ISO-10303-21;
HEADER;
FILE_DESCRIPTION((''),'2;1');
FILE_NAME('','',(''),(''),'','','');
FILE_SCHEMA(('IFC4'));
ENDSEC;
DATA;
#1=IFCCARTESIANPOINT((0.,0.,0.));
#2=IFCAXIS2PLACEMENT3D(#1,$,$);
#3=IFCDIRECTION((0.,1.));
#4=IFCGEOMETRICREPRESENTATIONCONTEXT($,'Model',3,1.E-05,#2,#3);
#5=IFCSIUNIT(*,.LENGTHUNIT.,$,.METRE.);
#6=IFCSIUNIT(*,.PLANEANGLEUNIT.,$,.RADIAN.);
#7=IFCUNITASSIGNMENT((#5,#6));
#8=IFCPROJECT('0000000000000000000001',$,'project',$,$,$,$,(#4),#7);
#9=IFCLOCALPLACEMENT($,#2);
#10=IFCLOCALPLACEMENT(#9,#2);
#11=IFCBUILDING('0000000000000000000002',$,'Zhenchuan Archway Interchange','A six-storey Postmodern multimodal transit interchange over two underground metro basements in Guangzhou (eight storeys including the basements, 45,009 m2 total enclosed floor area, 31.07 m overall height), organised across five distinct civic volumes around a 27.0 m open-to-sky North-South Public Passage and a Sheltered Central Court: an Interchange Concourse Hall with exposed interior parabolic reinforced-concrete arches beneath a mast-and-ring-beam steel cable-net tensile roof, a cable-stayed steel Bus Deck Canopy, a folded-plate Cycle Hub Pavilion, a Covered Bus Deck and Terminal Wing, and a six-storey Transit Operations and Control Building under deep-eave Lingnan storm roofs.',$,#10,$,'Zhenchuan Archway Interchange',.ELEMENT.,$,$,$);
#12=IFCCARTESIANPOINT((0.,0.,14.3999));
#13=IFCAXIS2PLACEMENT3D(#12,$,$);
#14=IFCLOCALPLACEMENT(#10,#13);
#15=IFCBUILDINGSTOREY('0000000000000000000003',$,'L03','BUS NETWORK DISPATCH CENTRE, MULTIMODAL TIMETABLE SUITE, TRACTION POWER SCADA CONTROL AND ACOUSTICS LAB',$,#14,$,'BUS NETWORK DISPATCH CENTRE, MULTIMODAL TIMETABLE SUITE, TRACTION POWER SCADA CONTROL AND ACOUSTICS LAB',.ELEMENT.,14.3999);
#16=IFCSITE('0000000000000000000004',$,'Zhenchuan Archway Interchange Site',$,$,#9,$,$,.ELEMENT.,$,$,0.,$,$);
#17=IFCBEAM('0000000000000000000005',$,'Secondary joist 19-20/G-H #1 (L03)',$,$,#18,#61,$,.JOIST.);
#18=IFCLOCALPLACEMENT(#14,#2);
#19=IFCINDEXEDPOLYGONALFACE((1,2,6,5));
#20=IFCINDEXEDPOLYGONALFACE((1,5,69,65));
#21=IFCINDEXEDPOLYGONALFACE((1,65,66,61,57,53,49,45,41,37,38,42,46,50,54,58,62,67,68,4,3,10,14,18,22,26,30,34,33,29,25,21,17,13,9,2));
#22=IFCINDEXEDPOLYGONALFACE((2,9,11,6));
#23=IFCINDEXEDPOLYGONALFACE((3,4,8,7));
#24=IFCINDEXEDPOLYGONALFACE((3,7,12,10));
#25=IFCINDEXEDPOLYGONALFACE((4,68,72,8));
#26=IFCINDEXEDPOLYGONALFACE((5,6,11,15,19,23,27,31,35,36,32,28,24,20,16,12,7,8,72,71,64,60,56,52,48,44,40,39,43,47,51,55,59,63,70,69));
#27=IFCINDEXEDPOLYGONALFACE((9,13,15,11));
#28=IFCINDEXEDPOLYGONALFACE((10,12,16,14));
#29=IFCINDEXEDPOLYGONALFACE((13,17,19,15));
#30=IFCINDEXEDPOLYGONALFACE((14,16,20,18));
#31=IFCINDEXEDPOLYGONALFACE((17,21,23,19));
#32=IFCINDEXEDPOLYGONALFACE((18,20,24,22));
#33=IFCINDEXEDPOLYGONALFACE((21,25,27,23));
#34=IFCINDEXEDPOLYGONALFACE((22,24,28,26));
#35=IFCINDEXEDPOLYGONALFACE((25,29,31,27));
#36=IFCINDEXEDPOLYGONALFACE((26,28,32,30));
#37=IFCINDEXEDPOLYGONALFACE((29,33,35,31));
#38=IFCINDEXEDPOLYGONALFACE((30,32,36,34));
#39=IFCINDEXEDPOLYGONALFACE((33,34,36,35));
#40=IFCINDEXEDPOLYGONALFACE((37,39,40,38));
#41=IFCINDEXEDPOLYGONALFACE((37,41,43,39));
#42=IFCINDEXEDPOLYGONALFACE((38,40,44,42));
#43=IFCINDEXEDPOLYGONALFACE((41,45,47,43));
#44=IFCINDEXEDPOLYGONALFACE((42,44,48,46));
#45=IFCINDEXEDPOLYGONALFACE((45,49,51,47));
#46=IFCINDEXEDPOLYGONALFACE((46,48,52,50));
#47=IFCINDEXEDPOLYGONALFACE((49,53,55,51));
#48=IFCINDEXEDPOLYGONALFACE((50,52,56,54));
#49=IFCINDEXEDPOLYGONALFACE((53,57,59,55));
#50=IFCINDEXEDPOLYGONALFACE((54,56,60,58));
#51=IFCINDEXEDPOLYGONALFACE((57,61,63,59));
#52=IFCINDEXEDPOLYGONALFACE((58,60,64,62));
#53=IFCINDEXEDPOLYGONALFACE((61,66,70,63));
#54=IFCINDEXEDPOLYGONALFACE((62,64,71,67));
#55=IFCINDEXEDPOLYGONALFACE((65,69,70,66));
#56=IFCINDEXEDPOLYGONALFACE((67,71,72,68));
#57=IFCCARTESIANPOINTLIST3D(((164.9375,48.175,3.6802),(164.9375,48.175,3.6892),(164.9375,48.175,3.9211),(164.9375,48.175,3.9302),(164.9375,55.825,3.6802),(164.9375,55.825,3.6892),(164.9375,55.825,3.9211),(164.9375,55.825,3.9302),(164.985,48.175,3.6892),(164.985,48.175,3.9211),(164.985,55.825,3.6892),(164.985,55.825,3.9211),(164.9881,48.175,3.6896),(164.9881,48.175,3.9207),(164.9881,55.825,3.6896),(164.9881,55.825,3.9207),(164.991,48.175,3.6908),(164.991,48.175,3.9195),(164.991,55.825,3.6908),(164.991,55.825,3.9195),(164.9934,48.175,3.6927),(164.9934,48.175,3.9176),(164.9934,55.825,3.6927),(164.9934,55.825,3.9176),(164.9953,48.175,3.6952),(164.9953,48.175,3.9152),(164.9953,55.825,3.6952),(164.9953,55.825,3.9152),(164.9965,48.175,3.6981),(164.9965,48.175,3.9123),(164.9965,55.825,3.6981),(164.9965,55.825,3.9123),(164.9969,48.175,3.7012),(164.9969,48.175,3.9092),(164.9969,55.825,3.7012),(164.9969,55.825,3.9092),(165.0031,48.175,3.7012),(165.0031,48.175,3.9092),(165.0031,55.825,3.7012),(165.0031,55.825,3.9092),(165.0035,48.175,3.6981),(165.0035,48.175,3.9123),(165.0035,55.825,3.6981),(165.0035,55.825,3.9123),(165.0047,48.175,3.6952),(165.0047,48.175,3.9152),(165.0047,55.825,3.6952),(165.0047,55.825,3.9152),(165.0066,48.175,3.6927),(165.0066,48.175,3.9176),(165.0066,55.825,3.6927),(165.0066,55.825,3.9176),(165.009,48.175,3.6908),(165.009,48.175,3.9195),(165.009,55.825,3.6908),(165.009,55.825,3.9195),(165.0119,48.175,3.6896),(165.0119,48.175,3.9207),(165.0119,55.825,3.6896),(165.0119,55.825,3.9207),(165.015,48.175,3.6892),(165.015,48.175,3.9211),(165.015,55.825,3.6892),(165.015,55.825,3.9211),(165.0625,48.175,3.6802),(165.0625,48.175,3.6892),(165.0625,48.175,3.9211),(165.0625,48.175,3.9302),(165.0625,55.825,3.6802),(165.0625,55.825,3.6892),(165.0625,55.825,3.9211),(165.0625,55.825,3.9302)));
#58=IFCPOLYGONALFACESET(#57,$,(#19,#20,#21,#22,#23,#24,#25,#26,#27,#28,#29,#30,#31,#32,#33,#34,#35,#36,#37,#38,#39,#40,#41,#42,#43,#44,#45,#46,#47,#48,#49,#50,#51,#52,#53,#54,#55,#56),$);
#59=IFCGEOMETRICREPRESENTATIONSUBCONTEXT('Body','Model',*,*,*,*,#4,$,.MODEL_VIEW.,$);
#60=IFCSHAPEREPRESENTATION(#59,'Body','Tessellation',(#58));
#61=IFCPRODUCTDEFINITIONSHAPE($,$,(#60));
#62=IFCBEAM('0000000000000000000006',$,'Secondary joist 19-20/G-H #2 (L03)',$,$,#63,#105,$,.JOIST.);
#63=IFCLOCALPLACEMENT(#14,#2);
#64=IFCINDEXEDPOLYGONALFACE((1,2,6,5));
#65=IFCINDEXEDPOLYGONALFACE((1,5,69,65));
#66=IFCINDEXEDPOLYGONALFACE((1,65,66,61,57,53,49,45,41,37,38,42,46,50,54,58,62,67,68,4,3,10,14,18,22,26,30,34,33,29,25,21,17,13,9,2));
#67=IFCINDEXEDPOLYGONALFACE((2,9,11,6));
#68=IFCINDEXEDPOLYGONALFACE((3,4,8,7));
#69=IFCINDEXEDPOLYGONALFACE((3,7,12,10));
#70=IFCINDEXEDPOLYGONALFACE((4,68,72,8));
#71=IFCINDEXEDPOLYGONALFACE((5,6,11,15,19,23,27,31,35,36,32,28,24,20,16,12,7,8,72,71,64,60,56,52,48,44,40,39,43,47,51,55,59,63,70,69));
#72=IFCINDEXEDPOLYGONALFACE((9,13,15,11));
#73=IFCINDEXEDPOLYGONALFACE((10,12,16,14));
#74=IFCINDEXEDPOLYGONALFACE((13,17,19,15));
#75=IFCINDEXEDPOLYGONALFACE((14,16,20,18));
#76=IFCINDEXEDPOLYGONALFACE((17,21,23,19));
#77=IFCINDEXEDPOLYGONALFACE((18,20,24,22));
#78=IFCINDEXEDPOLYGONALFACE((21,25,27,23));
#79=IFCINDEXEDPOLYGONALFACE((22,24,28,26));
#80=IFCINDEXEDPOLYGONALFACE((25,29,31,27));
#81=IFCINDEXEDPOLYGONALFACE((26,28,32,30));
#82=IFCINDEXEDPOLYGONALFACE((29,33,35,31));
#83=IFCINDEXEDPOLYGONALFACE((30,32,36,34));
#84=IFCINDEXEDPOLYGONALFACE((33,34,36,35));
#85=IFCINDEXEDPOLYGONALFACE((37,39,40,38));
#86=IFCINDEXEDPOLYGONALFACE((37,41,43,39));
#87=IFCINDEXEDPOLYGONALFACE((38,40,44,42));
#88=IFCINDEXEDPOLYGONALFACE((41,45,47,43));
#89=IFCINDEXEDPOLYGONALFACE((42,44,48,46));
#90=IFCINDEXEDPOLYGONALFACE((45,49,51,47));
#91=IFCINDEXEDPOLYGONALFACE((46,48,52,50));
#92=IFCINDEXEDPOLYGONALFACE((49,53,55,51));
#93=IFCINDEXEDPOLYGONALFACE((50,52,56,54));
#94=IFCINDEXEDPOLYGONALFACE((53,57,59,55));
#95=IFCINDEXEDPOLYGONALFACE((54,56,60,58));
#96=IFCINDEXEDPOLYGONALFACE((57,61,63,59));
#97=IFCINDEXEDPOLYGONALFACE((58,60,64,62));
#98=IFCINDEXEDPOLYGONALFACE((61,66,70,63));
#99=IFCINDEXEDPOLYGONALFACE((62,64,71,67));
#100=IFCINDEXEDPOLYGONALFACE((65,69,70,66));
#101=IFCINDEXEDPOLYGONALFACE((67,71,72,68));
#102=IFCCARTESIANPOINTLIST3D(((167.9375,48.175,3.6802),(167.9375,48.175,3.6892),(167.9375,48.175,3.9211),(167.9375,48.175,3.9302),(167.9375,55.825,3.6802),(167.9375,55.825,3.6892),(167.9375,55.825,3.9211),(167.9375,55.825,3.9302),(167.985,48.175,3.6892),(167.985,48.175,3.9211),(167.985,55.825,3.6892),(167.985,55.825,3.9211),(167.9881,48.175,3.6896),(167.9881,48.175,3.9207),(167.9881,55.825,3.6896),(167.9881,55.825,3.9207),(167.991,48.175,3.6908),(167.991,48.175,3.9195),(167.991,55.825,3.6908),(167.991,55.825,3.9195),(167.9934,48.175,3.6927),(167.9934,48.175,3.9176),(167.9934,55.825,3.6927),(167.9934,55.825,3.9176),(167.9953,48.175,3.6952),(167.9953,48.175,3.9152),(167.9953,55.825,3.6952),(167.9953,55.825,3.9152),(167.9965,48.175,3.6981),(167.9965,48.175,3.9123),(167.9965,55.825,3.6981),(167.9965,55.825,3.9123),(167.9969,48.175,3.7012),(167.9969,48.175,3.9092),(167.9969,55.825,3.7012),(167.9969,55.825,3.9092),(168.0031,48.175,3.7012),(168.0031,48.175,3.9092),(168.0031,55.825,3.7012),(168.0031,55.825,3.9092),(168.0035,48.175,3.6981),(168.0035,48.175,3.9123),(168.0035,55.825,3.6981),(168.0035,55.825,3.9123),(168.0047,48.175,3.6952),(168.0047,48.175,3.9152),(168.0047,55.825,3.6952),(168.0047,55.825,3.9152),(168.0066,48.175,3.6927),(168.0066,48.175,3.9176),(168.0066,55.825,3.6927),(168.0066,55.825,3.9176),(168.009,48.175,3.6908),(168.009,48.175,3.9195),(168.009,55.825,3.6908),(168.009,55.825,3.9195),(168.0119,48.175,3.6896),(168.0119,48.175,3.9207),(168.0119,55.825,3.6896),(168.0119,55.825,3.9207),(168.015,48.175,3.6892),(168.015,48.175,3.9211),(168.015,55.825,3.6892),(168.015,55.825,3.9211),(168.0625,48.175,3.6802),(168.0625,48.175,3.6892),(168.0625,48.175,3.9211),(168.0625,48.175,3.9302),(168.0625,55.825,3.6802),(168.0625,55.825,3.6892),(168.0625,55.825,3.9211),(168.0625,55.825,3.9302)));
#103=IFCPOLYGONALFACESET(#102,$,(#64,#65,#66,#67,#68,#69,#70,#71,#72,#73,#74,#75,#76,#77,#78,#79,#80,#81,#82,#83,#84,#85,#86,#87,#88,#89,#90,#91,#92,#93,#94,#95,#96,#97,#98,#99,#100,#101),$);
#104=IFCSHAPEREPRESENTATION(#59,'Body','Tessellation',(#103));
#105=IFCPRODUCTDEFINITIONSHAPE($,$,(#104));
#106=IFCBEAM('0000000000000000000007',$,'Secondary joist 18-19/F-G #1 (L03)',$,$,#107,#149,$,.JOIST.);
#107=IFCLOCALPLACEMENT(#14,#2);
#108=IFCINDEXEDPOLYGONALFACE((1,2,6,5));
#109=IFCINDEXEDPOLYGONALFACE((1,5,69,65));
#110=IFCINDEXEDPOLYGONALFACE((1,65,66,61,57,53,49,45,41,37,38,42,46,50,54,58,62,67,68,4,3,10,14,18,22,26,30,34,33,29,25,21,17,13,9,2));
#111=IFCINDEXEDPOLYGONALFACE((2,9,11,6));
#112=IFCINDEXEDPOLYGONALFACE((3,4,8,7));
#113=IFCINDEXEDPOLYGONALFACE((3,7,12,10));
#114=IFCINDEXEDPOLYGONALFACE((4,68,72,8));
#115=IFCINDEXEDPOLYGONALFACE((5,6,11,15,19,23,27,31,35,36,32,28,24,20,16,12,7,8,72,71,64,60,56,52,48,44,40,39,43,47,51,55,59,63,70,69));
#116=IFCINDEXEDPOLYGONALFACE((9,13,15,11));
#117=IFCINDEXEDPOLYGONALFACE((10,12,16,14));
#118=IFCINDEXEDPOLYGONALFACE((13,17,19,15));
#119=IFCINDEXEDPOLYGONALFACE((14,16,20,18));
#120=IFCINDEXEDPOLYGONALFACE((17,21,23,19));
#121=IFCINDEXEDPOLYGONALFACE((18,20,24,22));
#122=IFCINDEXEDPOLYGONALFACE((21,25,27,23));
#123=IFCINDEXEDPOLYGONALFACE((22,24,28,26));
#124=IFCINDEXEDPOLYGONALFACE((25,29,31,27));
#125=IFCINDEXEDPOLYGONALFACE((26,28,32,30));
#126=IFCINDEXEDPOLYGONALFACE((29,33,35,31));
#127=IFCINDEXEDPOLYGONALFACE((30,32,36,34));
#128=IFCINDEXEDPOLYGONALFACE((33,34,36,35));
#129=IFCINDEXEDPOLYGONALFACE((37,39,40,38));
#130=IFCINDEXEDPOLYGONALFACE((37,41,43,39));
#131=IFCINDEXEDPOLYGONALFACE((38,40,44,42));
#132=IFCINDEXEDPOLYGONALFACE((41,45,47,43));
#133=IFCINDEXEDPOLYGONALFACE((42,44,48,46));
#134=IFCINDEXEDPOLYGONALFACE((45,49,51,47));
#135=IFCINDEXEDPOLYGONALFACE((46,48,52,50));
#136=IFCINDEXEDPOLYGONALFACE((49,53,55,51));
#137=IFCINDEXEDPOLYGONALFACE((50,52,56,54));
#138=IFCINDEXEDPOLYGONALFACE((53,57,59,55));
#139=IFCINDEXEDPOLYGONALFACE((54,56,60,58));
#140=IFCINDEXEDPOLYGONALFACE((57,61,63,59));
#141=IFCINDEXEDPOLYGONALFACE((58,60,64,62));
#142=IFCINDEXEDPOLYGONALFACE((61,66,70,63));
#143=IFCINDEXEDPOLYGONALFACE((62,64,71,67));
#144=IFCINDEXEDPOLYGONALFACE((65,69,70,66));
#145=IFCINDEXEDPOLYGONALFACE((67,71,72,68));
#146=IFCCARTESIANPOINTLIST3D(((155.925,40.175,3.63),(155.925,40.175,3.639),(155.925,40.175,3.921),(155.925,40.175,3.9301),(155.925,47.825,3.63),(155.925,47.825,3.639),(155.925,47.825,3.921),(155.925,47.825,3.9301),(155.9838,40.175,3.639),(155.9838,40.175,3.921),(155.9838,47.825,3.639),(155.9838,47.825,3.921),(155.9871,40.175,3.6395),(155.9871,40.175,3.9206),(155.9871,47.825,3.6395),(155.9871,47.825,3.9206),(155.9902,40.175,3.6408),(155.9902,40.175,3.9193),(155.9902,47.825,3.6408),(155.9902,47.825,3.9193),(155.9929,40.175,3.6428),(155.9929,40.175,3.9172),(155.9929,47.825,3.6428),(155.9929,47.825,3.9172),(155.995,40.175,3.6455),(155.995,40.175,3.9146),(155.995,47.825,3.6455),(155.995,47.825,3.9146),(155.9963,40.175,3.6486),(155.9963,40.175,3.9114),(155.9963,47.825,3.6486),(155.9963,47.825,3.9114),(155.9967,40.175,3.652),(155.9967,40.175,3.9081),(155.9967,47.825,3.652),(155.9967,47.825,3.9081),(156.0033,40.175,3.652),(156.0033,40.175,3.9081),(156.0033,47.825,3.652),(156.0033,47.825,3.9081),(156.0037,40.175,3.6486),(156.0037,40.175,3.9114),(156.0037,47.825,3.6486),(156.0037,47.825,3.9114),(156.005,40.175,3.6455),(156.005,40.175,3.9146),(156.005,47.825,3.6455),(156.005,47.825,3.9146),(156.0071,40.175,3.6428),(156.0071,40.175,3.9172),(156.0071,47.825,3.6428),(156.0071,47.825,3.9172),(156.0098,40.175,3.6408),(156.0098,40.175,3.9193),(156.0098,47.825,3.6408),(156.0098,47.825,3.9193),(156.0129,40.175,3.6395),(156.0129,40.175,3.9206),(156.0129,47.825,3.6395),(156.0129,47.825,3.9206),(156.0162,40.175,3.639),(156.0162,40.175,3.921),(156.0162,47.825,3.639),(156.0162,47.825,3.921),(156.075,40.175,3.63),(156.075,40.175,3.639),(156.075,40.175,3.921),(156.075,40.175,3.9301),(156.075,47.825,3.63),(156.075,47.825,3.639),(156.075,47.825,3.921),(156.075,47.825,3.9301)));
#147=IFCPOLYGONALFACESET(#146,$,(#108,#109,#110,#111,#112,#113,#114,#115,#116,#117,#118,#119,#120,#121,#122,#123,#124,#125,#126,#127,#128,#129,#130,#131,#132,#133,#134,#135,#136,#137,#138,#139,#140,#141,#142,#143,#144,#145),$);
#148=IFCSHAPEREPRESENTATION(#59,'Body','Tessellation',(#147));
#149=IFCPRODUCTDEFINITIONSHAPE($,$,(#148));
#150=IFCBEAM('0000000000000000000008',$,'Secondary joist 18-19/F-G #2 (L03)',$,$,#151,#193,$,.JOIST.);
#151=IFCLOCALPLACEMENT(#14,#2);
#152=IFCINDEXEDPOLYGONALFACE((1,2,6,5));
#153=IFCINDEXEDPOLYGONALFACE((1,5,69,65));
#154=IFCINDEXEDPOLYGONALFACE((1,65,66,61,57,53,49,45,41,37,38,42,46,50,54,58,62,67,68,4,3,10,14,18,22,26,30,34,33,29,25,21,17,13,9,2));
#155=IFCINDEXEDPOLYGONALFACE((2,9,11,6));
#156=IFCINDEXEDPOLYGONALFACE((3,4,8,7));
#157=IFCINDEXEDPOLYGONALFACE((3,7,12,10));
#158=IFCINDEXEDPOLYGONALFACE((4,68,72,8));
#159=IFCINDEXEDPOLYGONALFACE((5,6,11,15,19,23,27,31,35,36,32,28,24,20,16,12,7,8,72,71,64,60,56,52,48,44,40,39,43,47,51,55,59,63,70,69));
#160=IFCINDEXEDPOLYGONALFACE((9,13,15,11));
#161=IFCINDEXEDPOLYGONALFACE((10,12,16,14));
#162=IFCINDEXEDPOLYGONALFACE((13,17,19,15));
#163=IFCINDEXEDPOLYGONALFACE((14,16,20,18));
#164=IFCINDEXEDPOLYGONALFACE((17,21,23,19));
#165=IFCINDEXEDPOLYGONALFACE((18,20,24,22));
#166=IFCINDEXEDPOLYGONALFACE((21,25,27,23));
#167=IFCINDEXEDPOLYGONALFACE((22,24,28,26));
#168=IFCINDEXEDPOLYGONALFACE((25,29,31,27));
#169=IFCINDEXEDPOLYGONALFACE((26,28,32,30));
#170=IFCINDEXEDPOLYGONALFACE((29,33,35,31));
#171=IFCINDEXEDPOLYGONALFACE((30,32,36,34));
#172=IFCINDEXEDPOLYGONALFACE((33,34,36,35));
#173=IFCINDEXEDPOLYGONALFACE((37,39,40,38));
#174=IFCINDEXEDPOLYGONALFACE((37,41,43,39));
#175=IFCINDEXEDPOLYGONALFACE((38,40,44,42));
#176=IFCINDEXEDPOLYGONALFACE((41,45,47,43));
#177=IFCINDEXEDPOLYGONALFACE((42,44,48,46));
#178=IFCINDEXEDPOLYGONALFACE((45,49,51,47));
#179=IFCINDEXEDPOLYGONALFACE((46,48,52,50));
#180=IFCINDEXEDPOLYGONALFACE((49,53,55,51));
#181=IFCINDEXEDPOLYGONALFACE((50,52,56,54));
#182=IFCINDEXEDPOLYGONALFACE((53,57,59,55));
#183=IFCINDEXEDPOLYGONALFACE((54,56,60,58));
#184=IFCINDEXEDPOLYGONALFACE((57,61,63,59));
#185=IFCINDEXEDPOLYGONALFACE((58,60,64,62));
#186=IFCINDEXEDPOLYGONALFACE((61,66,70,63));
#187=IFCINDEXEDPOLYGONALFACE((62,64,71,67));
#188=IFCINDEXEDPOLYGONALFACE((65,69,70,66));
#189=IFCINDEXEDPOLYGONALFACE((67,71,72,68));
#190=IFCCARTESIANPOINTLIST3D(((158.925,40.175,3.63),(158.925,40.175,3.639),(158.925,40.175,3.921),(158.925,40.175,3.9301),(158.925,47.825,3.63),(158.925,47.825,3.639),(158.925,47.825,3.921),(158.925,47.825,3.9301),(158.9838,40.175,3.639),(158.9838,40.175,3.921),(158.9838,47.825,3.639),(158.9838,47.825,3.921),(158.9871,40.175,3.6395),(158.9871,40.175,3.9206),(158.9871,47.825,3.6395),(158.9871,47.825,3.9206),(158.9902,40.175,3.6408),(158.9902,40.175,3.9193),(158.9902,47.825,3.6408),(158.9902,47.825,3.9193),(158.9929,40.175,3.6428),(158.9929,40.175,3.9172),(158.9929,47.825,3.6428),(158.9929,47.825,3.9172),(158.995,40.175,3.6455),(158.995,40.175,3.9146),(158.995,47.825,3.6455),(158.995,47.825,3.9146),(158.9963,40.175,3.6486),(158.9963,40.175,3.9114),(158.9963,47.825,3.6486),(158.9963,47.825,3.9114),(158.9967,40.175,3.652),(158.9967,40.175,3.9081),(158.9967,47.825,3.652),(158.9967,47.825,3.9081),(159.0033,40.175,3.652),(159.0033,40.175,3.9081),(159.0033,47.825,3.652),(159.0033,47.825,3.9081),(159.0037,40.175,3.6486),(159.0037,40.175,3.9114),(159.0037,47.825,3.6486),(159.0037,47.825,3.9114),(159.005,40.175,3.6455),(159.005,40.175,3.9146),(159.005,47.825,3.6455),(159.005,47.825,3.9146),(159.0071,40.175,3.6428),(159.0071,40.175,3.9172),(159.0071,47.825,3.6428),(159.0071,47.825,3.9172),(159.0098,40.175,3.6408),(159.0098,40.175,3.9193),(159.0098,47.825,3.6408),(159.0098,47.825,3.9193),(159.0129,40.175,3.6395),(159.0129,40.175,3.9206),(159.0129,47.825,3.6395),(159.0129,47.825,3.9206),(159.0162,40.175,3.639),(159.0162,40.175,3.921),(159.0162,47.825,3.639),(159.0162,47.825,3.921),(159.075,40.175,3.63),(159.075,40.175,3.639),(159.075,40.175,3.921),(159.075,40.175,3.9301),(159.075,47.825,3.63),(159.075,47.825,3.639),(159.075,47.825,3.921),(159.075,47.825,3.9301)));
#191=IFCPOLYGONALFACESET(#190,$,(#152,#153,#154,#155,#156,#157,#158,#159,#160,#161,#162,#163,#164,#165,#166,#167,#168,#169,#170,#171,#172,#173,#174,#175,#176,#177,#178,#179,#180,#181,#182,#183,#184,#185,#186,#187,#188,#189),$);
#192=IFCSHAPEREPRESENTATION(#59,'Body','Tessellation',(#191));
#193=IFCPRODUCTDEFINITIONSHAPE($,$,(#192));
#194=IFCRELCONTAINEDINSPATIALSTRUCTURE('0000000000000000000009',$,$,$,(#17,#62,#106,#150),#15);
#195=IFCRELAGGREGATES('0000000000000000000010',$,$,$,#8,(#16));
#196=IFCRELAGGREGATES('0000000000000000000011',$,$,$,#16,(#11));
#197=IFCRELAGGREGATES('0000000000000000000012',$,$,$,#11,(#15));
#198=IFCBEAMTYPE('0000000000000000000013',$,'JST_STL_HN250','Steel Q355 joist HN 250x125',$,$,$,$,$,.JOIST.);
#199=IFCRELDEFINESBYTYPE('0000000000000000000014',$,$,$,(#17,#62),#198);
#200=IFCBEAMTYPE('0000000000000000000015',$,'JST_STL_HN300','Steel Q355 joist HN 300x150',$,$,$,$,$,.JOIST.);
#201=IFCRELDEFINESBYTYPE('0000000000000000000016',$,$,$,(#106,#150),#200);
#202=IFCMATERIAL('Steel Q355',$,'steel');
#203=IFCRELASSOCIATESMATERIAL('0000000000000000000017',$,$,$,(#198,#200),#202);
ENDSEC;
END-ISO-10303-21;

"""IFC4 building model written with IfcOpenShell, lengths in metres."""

from ifc_helpers import new_model, si_unit, direction, frame, origin, origin_2d, place, context, subcontext, project, spatial, i_section, extrude, material, material_profile, profile_set, type_object, element, save


model = new_model("IFC4")

# Units and contexts
model_context = context("Model", 3, precision=1e-05, world=origin(), true_north=direction((0.0, 1.0)))
body_context = subcontext(model_context, "Body", "Model", "MODEL_VIEW")
ifc_project = project(units=[si_unit("LENGTHUNIT", "METRE"), si_unit("PLANEANGLEUNIT", "RADIAN")], contexts=[model_context])

# Site, building, storey
site_placement = place(None, origin())
site = spatial("IfcSite", under=ifc_project, at=site_placement, Name="Zhenchuan Archway Interchange Site", CompositionType="ELEMENT", RefElevation=0.0)
building_placement = place(site_placement, origin())
building = spatial("IfcBuilding", under=site, at=building_placement, Name="Zhenchuan Archway Interchange", Description="A six-storey Postmodern multimodal transit interchange over two underground metro basements in Guangzhou (eight storeys including the basements, 45,009 m2 total enclosed floor area, 31.07 m overall height), organised across five distinct civic volumes around a 27.0 m open-to-sky North-South Public Passage and a Sheltered Central Court: an Interchange Concourse Hall with exposed interior parabolic reinforced-concrete arches beneath a mast-and-ring-beam steel cable-net tensile roof, a cable-stayed steel Bus Deck Canopy, a folded-plate Cycle Hub Pavilion, a Covered Bus Deck and Terminal Wing, and a six-storey Transit Operations and Control Building under deep-eave Lingnan storm roofs.", LongName="Zhenchuan Archway Interchange", CompositionType="ELEMENT")
storey_placement = place(building_placement, frame((0.0, 0.0, 14.3999)))
storey = spatial("IfcBuildingStorey", under=building, at=storey_placement, Name="L03", Description="BUS NETWORK DISPATCH CENTRE, MULTIMODAL TIMETABLE SUITE, TRACTION POWER SCADA CONTROL AND ACOUSTICS LAB", LongName="BUS NETWORK DISPATCH CENTRE, MULTIMODAL TIMETABLE SUITE, TRACTION POWER SCADA CONTROL AND ACOUSTICS LAB", CompositionType="ELEMENT", Elevation=14.3999)

# Beams
ifc_material_1 = material(Name="Steel Q355", Category="steel")
ifc_material_profile_1 = material_profile(ifc_material_1, i_section(OverallWidth=0.125, OverallDepth=0.25, WebThickness=0.0061, FlangeThickness=0.009, FilletRadius=0.012, at=origin_2d()), Name="HN 250x125")
ifc_profile_set_1 = profile_set([ifc_material_profile_1], Name="Steel Q355")
beam_type_1 = type_object("IfcBeamType", Name="JST_STL_HN250", Description="Steel Q355 joist HN 250x125", PredefinedType="JOIST", material=ifc_profile_set_1)
for number, where, z_axis, x_axis, name in (
    (1, (165.0, 48.175, 3.8052), (0.0, 1.0, 0.0), (-1.0, 0.0, 0.0), "Secondary joist 19-20/G-H #1 (L03)"),
    (2, (168.0, 48.175, 3.8052), (0.0, 1.0, 0.0), (-1.0, 0.0, 0.0), "Secondary joist 19-20/G-H #2 (L03)"),
):
    element("IfcBeam", number, at=place(storey_placement, frame(where, z_axis=z_axis, x_axis=x_axis)), inside=storey, type_object=beam_type_1, Name=name, PredefinedType="JOIST", context=body_context, shape_type="SweptSolid", body=[
        extrude(i_section(OverallWidth=0.125, OverallDepth=0.25, WebThickness=0.0061, FlangeThickness=0.009, FilletRadius=0.012, at=origin_2d()), origin(), (0.0, 0.0, 1.0), 7.6499),
    ])
ifc_material_profile_2 = material_profile(ifc_material_1, i_section(OverallWidth=0.1499, OverallDepth=0.3, WebThickness=0.0066, FlangeThickness=0.009, FilletRadius=0.0129, at=origin_2d()), Name="HN 300x150")
ifc_profile_set_2 = profile_set([ifc_material_profile_2], Name="Steel Q355")
beam_type_2 = type_object("IfcBeamType", Name="JST_STL_HN300", Description="Steel Q355 joist HN 300x150", PredefinedType="JOIST", material=ifc_profile_set_2)
for number, where, z_axis, x_axis, name in (
    (3, (156.0, 40.175, 3.78), (0.0, 1.0, 0.0), (-1.0, 0.0, 0.0), "Secondary joist 18-19/F-G #1 (L03)"),
    (4, (159.0, 40.175, 3.78), (0.0, 1.0, 0.0), (-1.0, 0.0, 0.0), "Secondary joist 18-19/F-G #2 (L03)"),
):
    element("IfcBeam", number, at=place(storey_placement, frame(where, z_axis=z_axis, x_axis=x_axis)), inside=storey, type_object=beam_type_2, Name=name, PredefinedType="JOIST", context=body_context, shape_type="SweptSolid", body=[
        extrude(i_section(OverallWidth=0.1499, OverallDepth=0.3, WebThickness=0.0066, FlangeThickness=0.009, FilletRadius=0.0129, at=origin_2d()), origin(), (0.0, 0.0, 1.0), 7.6499),
    ])

save(model, "model.ifc")
